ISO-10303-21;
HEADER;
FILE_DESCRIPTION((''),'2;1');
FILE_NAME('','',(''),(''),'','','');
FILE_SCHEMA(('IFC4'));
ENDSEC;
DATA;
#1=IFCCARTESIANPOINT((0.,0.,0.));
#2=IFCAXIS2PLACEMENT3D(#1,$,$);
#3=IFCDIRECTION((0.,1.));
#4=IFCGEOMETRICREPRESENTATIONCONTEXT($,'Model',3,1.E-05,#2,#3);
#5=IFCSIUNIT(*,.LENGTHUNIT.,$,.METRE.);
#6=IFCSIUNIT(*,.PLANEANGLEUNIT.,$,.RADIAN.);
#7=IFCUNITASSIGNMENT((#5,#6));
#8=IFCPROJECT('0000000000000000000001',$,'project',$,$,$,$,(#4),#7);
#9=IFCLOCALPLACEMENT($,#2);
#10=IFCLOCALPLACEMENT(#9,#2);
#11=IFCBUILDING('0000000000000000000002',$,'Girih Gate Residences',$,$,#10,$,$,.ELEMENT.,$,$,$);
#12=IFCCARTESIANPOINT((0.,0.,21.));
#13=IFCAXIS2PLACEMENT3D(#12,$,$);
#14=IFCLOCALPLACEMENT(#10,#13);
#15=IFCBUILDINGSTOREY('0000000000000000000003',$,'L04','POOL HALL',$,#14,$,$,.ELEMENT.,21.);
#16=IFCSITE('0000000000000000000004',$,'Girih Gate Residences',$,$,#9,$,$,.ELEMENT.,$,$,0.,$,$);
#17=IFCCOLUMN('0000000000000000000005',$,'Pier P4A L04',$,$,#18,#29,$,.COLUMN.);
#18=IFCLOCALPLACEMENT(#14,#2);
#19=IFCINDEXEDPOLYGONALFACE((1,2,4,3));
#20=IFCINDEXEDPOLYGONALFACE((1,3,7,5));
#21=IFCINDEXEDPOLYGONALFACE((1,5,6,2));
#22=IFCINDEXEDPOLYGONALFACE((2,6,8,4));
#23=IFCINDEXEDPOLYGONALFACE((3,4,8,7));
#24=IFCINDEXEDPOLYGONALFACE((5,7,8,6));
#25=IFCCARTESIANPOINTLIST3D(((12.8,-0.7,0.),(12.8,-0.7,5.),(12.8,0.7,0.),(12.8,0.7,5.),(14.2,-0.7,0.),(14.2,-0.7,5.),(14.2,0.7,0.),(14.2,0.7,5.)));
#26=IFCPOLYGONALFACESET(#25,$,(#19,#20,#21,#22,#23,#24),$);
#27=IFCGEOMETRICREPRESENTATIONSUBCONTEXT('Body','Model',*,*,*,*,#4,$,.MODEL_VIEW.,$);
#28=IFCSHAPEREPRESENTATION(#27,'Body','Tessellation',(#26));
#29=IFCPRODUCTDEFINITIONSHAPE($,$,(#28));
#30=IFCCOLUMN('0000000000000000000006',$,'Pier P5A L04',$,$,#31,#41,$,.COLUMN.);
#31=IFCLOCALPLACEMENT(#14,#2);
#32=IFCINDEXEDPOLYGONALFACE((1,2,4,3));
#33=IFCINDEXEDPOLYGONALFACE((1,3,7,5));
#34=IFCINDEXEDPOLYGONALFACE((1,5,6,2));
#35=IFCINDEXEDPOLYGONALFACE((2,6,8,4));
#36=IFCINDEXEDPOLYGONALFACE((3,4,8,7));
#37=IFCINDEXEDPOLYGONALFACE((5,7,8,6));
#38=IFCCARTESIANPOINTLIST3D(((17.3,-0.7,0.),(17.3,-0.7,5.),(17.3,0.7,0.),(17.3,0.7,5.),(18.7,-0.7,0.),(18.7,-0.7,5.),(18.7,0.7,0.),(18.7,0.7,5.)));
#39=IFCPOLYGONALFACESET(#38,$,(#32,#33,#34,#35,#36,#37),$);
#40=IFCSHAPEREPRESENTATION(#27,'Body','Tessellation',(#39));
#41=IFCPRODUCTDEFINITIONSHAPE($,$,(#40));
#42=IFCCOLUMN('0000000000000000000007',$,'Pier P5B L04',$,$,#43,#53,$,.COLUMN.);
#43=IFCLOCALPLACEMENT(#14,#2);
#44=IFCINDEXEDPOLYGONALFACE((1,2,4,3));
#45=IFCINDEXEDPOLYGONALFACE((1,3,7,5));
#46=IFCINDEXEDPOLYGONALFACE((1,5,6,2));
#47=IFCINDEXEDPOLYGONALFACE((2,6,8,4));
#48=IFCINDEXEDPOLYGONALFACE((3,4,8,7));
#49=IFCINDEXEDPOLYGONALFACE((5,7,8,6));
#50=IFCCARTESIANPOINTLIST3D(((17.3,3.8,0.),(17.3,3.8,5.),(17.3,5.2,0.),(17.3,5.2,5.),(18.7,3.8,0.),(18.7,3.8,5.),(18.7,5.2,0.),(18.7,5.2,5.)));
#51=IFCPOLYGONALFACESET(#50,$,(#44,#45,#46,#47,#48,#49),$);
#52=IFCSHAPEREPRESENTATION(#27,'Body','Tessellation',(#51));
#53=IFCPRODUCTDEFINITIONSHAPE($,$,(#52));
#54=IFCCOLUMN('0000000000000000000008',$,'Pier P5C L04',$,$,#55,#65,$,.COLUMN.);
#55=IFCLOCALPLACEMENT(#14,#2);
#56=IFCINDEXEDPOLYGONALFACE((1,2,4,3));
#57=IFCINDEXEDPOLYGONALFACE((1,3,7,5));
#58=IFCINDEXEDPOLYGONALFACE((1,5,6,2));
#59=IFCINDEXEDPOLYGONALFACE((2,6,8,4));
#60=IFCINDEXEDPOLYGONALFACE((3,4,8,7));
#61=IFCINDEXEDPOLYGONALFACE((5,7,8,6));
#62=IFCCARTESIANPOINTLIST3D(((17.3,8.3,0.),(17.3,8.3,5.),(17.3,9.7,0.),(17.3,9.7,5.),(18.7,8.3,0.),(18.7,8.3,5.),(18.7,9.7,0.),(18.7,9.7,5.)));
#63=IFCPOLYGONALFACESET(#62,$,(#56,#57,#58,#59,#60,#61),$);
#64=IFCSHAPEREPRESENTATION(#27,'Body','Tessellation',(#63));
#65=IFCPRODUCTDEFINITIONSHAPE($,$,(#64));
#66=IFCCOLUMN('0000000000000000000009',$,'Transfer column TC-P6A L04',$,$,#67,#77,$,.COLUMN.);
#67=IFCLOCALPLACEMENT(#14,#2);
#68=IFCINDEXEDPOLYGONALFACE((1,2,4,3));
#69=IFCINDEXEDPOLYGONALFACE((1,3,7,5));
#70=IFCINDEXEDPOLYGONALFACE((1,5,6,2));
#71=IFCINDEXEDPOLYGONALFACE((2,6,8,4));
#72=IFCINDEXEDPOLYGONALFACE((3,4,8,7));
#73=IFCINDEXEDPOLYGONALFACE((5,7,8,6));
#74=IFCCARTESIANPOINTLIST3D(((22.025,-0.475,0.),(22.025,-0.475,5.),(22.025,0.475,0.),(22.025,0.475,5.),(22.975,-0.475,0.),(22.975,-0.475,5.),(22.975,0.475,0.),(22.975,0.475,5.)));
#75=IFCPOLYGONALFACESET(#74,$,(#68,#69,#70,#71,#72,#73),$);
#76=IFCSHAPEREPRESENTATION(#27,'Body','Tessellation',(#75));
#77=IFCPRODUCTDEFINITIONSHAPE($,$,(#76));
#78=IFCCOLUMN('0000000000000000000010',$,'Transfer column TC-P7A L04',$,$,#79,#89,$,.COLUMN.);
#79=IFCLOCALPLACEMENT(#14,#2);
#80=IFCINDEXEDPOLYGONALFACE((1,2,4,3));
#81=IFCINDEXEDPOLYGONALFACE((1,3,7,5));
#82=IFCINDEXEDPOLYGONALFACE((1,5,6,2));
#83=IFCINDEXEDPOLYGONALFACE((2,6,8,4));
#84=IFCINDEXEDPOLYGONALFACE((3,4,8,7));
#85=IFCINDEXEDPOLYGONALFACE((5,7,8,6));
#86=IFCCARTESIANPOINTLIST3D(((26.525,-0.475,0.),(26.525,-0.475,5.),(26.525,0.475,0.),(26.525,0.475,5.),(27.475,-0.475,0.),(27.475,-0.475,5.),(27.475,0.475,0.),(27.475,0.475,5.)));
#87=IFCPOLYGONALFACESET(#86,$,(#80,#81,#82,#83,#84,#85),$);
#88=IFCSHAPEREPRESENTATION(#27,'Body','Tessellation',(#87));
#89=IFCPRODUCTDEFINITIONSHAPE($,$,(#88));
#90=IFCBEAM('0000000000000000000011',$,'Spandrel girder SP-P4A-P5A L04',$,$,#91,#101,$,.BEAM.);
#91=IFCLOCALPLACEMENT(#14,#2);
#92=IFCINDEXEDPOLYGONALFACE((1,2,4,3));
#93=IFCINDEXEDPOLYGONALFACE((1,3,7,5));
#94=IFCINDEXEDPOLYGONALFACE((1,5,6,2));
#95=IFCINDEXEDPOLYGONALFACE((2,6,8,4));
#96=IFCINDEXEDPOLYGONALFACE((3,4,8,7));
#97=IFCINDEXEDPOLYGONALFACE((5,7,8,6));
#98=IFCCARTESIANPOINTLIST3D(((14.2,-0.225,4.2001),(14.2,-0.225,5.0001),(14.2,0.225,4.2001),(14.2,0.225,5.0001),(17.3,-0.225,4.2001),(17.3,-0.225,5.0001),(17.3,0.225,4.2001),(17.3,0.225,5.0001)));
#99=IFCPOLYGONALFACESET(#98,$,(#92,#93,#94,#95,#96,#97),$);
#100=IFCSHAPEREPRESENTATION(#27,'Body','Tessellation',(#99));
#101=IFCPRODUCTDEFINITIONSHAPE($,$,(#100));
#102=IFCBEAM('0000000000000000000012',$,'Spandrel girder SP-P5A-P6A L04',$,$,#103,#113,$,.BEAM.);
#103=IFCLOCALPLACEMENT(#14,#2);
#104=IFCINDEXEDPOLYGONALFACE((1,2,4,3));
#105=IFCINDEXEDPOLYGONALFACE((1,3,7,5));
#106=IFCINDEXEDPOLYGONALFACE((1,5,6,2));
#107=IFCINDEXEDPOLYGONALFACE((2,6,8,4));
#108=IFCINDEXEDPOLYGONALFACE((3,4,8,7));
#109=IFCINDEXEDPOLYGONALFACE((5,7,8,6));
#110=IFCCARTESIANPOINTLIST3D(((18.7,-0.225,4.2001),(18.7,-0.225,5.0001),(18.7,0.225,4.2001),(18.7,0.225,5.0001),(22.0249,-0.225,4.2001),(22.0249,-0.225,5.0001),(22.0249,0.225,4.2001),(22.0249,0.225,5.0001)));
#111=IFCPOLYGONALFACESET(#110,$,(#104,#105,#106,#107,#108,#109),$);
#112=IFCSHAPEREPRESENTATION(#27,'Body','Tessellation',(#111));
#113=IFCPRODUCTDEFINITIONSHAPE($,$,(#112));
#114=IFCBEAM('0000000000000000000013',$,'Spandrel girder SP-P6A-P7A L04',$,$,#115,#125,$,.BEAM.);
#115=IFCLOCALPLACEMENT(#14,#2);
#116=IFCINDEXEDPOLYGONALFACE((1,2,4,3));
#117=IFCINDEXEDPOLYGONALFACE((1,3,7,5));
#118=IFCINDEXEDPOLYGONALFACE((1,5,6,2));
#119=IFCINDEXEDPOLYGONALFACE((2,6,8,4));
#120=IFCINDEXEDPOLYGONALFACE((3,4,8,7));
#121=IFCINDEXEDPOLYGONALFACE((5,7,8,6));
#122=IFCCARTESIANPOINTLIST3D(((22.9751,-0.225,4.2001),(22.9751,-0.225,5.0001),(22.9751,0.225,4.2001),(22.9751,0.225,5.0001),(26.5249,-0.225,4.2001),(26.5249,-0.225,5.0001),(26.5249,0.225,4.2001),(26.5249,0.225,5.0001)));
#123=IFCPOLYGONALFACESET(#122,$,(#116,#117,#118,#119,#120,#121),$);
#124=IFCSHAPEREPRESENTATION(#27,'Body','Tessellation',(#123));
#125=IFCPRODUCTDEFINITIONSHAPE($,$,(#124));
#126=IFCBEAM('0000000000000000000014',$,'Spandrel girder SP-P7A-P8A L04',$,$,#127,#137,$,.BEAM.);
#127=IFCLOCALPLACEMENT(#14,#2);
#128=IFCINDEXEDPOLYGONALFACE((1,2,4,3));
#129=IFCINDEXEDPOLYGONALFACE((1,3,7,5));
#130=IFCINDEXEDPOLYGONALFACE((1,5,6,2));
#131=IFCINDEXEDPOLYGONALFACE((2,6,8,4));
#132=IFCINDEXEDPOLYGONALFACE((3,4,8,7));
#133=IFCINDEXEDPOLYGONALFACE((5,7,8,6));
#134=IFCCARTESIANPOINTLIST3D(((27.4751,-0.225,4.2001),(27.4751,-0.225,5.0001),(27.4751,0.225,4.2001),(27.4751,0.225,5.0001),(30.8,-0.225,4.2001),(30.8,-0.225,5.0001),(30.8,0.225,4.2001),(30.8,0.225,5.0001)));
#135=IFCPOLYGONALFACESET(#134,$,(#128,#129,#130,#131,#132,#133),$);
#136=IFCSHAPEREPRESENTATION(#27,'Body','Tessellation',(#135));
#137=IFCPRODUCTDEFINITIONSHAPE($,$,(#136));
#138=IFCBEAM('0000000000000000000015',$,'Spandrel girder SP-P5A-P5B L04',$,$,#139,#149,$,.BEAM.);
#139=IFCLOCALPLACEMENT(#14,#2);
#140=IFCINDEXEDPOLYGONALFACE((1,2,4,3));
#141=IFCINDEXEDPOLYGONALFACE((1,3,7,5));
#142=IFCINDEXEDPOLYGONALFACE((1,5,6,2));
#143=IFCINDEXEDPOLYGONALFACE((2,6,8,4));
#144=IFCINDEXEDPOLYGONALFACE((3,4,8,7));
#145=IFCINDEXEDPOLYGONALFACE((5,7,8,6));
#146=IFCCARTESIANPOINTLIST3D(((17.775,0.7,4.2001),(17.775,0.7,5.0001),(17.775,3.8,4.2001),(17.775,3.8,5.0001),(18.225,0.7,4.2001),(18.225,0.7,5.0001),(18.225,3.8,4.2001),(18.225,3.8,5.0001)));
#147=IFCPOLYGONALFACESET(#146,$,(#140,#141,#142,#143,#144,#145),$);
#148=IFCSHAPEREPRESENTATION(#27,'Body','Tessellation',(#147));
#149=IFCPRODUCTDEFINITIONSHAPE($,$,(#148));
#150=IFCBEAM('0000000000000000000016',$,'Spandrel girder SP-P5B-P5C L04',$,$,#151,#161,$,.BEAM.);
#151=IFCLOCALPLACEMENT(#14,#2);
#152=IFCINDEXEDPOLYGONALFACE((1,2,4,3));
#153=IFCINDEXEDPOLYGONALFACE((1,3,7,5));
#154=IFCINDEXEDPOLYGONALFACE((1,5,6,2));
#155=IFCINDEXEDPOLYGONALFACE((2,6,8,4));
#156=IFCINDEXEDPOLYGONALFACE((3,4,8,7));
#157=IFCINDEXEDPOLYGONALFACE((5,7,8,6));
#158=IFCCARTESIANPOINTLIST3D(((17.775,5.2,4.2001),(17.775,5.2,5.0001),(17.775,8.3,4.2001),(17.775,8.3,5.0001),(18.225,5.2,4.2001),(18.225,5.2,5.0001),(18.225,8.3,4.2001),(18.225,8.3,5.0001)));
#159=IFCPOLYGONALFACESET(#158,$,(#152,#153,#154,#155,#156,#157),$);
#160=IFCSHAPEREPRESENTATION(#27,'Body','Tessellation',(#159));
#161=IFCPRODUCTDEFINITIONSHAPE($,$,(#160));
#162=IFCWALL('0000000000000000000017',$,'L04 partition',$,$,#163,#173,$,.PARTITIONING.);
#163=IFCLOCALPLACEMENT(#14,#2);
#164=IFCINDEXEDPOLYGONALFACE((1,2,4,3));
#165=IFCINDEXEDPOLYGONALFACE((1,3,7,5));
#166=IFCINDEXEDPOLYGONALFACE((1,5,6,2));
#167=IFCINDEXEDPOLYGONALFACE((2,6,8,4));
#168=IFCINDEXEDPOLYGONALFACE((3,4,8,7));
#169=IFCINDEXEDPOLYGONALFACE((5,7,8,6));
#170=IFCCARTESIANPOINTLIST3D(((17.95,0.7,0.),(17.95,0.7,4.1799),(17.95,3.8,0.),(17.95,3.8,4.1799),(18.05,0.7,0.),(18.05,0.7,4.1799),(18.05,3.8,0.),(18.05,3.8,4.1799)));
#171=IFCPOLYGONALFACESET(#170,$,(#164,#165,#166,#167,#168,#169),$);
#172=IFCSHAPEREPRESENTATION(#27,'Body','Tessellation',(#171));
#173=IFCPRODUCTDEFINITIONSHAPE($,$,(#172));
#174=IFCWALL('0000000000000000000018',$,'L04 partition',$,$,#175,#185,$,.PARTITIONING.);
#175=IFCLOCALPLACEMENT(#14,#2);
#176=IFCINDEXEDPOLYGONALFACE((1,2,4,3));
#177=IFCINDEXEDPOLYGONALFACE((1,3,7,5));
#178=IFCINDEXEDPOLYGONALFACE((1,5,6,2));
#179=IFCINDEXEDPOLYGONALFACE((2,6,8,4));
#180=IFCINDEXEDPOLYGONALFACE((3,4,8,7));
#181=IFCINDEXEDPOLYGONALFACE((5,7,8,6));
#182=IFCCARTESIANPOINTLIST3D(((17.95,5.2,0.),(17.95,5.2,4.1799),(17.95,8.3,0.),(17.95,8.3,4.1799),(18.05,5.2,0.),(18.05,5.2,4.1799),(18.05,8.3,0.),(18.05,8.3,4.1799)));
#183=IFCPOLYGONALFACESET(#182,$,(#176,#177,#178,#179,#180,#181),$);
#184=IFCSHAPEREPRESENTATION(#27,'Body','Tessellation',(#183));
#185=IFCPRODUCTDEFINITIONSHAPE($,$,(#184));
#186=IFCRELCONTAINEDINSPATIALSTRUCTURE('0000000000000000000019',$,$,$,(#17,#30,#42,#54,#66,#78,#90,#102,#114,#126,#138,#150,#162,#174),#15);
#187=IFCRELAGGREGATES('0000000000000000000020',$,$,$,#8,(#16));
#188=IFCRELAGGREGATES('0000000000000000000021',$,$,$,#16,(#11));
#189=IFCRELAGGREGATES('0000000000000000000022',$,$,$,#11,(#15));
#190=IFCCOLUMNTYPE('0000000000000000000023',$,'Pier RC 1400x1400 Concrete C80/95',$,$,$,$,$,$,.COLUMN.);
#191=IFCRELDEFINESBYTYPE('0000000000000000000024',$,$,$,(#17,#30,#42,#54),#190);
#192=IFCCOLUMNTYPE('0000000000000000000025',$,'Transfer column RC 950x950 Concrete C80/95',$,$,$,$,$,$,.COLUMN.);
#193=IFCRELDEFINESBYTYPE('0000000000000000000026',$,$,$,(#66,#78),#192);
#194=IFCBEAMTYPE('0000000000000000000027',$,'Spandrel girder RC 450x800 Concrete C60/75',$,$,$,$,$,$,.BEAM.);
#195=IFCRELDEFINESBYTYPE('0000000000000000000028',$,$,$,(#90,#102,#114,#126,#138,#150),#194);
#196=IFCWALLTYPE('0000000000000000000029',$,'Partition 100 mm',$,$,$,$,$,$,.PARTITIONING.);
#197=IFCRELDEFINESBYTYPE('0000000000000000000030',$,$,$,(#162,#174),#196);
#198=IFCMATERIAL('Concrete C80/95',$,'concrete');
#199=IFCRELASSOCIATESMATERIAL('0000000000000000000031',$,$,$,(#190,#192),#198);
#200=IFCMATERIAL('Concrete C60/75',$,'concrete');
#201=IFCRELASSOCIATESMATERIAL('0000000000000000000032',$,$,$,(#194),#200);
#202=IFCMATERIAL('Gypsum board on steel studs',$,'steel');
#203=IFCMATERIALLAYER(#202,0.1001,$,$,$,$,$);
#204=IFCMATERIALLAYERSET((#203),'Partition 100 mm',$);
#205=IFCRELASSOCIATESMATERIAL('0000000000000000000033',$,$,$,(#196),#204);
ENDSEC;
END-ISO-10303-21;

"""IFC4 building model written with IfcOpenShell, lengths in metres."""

from ifc_helpers import new_model, si_unit, direction, frame, frame_2d, origin, origin_2d, place, context, subcontext, project, spatial, rectangle, extrude, material, layer, layer_set, material_profile, profile_set, type_object, element, save


model = new_model("IFC4")

# Units and contexts
model_context = context("Model", 3, precision=1e-05, world=origin(), true_north=direction((0.0, 1.0)))
body_context = subcontext(model_context, "Body", "Model", "MODEL_VIEW")
ifc_project = project(units=[si_unit("LENGTHUNIT", "METRE"), si_unit("PLANEANGLEUNIT", "RADIAN")], contexts=[model_context])

# Site, building, storey
site_placement = place(None, origin())
site = spatial("IfcSite", under=ifc_project, at=site_placement, Name="Girih Gate Residences", CompositionType="ELEMENT", RefElevation=0.0)
building_placement = place(site_placement, origin())
building = spatial("IfcBuilding", under=site, at=building_placement, Name="Girih Gate Residences", CompositionType="ELEMENT")
storey_placement = place(building_placement, frame((0.0, 0.0, 21.0)))
storey = spatial("IfcBuildingStorey", under=building, at=storey_placement, Name="L04", Description="POOL HALL", CompositionType="ELEMENT", Elevation=21.0)

# Columns
ifc_material_1 = material(Name="Concrete C80/95", Category="concrete")
ifc_material_profile_1 = material_profile(ifc_material_1, rectangle(XDim=1.3999, YDim=1.3999, at=origin_2d()))
ifc_profile_set_1 = profile_set([ifc_material_profile_1], Name="Concrete C80/95")
column_type_1 = type_object("IfcColumnType", Name="Pier RC 1400x1400 Concrete C80/95", PredefinedType="COLUMN", material=ifc_profile_set_1)
for number, where, z_axis, x_axis, name in (
    (1, (13.5, 0.0, 0.0), (0.0, 0.0, 1.0), (1.0, 0.0, 0.0), "Pier P4A L04"),
    (2, (18.0, 0.0, 0.0), (0.0, 0.0, 1.0), (1.0, 0.0, 0.0), "Pier P5A L04"),
    (3, (18.0, 4.5, 0.0), (0.0, 0.0, 1.0), (1.0, 0.0, 0.0), "Pier P5B L04"),
    (4, (18.0, 9.0, 0.0), (0.0, 0.0, 1.0), (1.0, 0.0, 0.0), "Pier P5C L04"),
):
    element("IfcColumn", number, at=place(storey_placement, frame(where, z_axis=z_axis, x_axis=x_axis)), inside=storey, type_object=column_type_1, Name=name, PredefinedType="COLUMN", context=body_context, shape_type="SweptSolid", body=[
        extrude(rectangle(XDim=1.3999, YDim=1.3999, at=origin_2d()), origin(), (0.0, 0.0, 1.0), 5.0),
    ])
ifc_material_profile_2 = material_profile(ifc_material_1, rectangle(XDim=0.95, YDim=0.95, at=origin_2d()))
ifc_profile_set_2 = profile_set([ifc_material_profile_2], Name="Concrete C80/95")
column_type_2 = type_object("IfcColumnType", Name="Transfer column RC 950x950 Concrete C80/95", PredefinedType="COLUMN", material=ifc_profile_set_2)
for number, where, z_axis, x_axis, name in (
    (5, (22.5, 0.0, 0.0), (0.0, 0.0, 1.0), (1.0, 0.0, 0.0), "Transfer column TC-P6A L04"),
    (6, (27.0, 0.0, 0.0), (0.0, 0.0, 1.0), (1.0, 0.0, 0.0), "Transfer column TC-P7A L04"),
):
    element("IfcColumn", number, at=place(storey_placement, frame(where, z_axis=z_axis, x_axis=x_axis)), inside=storey, type_object=column_type_2, Name=name, PredefinedType="COLUMN", context=body_context, shape_type="SweptSolid", body=[
        extrude(rectangle(XDim=0.95, YDim=0.95, at=origin_2d()), origin(), (0.0, 0.0, 1.0), 5.0),
    ])

# Beams
ifc_material_2 = material(Name="Concrete C60/75", Category="concrete")
ifc_material_profile_3 = material_profile(ifc_material_2, rectangle(XDim=0.45, YDim=0.8, at=origin_2d()))
ifc_profile_set_3 = profile_set([ifc_material_profile_3], Name="Concrete C60/75")
beam_type = type_object("IfcBeamType", Name="Spandrel girder RC 450x800 Concrete C60/75", PredefinedType="BEAM", material=ifc_profile_set_3)
beam_1_placement = place(storey_placement, frame((14.2, 0.0, 4.6001), z_axis=(1.0, 0.0, 0.0), x_axis=(0.0, 1.0, 0.0)))
element("IfcBeam", 7, at=beam_1_placement, inside=storey, type_object=beam_type, Name="Spandrel girder SP-P4A-P5A L04", PredefinedType="BEAM", context=body_context, shape_type="SweptSolid", body=[
    extrude(rectangle(XDim=0.45, YDim=0.8, at=origin_2d()), origin(), (0.0, 0.0, 1.0), 3.1001),
])
beam_2_placement = place(storey_placement, frame((18.7, 0.0, 4.6001), z_axis=(1.0, 0.0, 0.0), x_axis=(0.0, 1.0, 0.0)))
element("IfcBeam", 8, at=beam_2_placement, inside=storey, type_object=beam_type, Name="Spandrel girder SP-P5A-P6A L04", PredefinedType="BEAM", context=body_context, shape_type="SweptSolid", body=[
    extrude(rectangle(XDim=0.45, YDim=0.8, at=origin_2d()), origin(), (0.0, 0.0, 1.0), 3.325),
])
beam_3_placement = place(storey_placement, frame((22.9751, 0.0, 4.6001), z_axis=(1.0, 0.0, 0.0), x_axis=(0.0, 1.0, 0.0)))
element("IfcBeam", 9, at=beam_3_placement, inside=storey, type_object=beam_type, Name="Spandrel girder SP-P6A-P7A L04", PredefinedType="BEAM", context=body_context, shape_type="SweptSolid", body=[
    extrude(rectangle(XDim=0.45, YDim=0.8, at=origin_2d()), origin(), (0.0, 0.0, 1.0), 3.5498),
])
beam_4_placement = place(storey_placement, frame((27.4751, 0.0, 4.6001), z_axis=(1.0, 0.0, 0.0), x_axis=(0.0, 1.0, 0.0)))
element("IfcBeam", 10, at=beam_4_placement, inside=storey, type_object=beam_type, Name="Spandrel girder SP-P7A-P8A L04", PredefinedType="BEAM", context=body_context, shape_type="SweptSolid", body=[
    extrude(rectangle(XDim=0.45, YDim=0.8, at=origin_2d()), origin(), (0.0, 0.0, 1.0), 3.325),
])
for number, where, z_axis, x_axis, name in (
    (11, (18.0, 0.7, 4.6001), (0.0, 1.0, 0.0), (-1.0, 0.0, 0.0), "Spandrel girder SP-P5A-P5B L04"),
    (12, (18.0, 5.2, 4.6001), (0.0, 1.0, 0.0), (-1.0, 0.0, 0.0), "Spandrel girder SP-P5B-P5C L04"),
):
    element("IfcBeam", number, at=place(storey_placement, frame(where, z_axis=z_axis, x_axis=x_axis)), inside=storey, type_object=beam_type, Name=name, PredefinedType="BEAM", context=body_context, shape_type="SweptSolid", body=[
        extrude(rectangle(XDim=0.45, YDim=0.8, at=origin_2d()), origin(), (0.0, 0.0, 1.0), 3.1001),
    ])

# Walls
ifc_material_3 = material(Name="Gypsum board on steel studs", Category="steel")
ifc_layer_1 = layer(ifc_material_3, 0.1001)
ifc_layer_set_1 = layer_set([ifc_layer_1], Name="Partition 100 mm")
wall_type_1 = type_object("IfcWallType", Name="Partition 100 mm", PredefinedType="PARTITIONING", material=ifc_layer_set_1)
for number, where, z_axis, x_axis, name in (
    (13, (18.0, 0.7, 0.0), (0.0, 0.0, 1.0), (0.0, 1.0, 0.0), "L04 partition"),
    (14, (18.0, 5.2, 0.0), (0.0, 0.0, 1.0), (0.0, 1.0, 0.0), "L04 partition"),
):
    element("IfcWall", number, at=place(storey_placement, frame(where, z_axis=z_axis, x_axis=x_axis)), inside=storey, type_object=wall_type_1, Name=name, PredefinedType="PARTITIONING", context=body_context, shape_type="SweptSolid", body=[
        extrude(rectangle(XDim=3.1001, YDim=0.1001, at=frame_2d((1.55, 0.0))), origin(), (0.0, 0.0, 1.0), 4.1799),
    ])

save(model, "model.ifc")
